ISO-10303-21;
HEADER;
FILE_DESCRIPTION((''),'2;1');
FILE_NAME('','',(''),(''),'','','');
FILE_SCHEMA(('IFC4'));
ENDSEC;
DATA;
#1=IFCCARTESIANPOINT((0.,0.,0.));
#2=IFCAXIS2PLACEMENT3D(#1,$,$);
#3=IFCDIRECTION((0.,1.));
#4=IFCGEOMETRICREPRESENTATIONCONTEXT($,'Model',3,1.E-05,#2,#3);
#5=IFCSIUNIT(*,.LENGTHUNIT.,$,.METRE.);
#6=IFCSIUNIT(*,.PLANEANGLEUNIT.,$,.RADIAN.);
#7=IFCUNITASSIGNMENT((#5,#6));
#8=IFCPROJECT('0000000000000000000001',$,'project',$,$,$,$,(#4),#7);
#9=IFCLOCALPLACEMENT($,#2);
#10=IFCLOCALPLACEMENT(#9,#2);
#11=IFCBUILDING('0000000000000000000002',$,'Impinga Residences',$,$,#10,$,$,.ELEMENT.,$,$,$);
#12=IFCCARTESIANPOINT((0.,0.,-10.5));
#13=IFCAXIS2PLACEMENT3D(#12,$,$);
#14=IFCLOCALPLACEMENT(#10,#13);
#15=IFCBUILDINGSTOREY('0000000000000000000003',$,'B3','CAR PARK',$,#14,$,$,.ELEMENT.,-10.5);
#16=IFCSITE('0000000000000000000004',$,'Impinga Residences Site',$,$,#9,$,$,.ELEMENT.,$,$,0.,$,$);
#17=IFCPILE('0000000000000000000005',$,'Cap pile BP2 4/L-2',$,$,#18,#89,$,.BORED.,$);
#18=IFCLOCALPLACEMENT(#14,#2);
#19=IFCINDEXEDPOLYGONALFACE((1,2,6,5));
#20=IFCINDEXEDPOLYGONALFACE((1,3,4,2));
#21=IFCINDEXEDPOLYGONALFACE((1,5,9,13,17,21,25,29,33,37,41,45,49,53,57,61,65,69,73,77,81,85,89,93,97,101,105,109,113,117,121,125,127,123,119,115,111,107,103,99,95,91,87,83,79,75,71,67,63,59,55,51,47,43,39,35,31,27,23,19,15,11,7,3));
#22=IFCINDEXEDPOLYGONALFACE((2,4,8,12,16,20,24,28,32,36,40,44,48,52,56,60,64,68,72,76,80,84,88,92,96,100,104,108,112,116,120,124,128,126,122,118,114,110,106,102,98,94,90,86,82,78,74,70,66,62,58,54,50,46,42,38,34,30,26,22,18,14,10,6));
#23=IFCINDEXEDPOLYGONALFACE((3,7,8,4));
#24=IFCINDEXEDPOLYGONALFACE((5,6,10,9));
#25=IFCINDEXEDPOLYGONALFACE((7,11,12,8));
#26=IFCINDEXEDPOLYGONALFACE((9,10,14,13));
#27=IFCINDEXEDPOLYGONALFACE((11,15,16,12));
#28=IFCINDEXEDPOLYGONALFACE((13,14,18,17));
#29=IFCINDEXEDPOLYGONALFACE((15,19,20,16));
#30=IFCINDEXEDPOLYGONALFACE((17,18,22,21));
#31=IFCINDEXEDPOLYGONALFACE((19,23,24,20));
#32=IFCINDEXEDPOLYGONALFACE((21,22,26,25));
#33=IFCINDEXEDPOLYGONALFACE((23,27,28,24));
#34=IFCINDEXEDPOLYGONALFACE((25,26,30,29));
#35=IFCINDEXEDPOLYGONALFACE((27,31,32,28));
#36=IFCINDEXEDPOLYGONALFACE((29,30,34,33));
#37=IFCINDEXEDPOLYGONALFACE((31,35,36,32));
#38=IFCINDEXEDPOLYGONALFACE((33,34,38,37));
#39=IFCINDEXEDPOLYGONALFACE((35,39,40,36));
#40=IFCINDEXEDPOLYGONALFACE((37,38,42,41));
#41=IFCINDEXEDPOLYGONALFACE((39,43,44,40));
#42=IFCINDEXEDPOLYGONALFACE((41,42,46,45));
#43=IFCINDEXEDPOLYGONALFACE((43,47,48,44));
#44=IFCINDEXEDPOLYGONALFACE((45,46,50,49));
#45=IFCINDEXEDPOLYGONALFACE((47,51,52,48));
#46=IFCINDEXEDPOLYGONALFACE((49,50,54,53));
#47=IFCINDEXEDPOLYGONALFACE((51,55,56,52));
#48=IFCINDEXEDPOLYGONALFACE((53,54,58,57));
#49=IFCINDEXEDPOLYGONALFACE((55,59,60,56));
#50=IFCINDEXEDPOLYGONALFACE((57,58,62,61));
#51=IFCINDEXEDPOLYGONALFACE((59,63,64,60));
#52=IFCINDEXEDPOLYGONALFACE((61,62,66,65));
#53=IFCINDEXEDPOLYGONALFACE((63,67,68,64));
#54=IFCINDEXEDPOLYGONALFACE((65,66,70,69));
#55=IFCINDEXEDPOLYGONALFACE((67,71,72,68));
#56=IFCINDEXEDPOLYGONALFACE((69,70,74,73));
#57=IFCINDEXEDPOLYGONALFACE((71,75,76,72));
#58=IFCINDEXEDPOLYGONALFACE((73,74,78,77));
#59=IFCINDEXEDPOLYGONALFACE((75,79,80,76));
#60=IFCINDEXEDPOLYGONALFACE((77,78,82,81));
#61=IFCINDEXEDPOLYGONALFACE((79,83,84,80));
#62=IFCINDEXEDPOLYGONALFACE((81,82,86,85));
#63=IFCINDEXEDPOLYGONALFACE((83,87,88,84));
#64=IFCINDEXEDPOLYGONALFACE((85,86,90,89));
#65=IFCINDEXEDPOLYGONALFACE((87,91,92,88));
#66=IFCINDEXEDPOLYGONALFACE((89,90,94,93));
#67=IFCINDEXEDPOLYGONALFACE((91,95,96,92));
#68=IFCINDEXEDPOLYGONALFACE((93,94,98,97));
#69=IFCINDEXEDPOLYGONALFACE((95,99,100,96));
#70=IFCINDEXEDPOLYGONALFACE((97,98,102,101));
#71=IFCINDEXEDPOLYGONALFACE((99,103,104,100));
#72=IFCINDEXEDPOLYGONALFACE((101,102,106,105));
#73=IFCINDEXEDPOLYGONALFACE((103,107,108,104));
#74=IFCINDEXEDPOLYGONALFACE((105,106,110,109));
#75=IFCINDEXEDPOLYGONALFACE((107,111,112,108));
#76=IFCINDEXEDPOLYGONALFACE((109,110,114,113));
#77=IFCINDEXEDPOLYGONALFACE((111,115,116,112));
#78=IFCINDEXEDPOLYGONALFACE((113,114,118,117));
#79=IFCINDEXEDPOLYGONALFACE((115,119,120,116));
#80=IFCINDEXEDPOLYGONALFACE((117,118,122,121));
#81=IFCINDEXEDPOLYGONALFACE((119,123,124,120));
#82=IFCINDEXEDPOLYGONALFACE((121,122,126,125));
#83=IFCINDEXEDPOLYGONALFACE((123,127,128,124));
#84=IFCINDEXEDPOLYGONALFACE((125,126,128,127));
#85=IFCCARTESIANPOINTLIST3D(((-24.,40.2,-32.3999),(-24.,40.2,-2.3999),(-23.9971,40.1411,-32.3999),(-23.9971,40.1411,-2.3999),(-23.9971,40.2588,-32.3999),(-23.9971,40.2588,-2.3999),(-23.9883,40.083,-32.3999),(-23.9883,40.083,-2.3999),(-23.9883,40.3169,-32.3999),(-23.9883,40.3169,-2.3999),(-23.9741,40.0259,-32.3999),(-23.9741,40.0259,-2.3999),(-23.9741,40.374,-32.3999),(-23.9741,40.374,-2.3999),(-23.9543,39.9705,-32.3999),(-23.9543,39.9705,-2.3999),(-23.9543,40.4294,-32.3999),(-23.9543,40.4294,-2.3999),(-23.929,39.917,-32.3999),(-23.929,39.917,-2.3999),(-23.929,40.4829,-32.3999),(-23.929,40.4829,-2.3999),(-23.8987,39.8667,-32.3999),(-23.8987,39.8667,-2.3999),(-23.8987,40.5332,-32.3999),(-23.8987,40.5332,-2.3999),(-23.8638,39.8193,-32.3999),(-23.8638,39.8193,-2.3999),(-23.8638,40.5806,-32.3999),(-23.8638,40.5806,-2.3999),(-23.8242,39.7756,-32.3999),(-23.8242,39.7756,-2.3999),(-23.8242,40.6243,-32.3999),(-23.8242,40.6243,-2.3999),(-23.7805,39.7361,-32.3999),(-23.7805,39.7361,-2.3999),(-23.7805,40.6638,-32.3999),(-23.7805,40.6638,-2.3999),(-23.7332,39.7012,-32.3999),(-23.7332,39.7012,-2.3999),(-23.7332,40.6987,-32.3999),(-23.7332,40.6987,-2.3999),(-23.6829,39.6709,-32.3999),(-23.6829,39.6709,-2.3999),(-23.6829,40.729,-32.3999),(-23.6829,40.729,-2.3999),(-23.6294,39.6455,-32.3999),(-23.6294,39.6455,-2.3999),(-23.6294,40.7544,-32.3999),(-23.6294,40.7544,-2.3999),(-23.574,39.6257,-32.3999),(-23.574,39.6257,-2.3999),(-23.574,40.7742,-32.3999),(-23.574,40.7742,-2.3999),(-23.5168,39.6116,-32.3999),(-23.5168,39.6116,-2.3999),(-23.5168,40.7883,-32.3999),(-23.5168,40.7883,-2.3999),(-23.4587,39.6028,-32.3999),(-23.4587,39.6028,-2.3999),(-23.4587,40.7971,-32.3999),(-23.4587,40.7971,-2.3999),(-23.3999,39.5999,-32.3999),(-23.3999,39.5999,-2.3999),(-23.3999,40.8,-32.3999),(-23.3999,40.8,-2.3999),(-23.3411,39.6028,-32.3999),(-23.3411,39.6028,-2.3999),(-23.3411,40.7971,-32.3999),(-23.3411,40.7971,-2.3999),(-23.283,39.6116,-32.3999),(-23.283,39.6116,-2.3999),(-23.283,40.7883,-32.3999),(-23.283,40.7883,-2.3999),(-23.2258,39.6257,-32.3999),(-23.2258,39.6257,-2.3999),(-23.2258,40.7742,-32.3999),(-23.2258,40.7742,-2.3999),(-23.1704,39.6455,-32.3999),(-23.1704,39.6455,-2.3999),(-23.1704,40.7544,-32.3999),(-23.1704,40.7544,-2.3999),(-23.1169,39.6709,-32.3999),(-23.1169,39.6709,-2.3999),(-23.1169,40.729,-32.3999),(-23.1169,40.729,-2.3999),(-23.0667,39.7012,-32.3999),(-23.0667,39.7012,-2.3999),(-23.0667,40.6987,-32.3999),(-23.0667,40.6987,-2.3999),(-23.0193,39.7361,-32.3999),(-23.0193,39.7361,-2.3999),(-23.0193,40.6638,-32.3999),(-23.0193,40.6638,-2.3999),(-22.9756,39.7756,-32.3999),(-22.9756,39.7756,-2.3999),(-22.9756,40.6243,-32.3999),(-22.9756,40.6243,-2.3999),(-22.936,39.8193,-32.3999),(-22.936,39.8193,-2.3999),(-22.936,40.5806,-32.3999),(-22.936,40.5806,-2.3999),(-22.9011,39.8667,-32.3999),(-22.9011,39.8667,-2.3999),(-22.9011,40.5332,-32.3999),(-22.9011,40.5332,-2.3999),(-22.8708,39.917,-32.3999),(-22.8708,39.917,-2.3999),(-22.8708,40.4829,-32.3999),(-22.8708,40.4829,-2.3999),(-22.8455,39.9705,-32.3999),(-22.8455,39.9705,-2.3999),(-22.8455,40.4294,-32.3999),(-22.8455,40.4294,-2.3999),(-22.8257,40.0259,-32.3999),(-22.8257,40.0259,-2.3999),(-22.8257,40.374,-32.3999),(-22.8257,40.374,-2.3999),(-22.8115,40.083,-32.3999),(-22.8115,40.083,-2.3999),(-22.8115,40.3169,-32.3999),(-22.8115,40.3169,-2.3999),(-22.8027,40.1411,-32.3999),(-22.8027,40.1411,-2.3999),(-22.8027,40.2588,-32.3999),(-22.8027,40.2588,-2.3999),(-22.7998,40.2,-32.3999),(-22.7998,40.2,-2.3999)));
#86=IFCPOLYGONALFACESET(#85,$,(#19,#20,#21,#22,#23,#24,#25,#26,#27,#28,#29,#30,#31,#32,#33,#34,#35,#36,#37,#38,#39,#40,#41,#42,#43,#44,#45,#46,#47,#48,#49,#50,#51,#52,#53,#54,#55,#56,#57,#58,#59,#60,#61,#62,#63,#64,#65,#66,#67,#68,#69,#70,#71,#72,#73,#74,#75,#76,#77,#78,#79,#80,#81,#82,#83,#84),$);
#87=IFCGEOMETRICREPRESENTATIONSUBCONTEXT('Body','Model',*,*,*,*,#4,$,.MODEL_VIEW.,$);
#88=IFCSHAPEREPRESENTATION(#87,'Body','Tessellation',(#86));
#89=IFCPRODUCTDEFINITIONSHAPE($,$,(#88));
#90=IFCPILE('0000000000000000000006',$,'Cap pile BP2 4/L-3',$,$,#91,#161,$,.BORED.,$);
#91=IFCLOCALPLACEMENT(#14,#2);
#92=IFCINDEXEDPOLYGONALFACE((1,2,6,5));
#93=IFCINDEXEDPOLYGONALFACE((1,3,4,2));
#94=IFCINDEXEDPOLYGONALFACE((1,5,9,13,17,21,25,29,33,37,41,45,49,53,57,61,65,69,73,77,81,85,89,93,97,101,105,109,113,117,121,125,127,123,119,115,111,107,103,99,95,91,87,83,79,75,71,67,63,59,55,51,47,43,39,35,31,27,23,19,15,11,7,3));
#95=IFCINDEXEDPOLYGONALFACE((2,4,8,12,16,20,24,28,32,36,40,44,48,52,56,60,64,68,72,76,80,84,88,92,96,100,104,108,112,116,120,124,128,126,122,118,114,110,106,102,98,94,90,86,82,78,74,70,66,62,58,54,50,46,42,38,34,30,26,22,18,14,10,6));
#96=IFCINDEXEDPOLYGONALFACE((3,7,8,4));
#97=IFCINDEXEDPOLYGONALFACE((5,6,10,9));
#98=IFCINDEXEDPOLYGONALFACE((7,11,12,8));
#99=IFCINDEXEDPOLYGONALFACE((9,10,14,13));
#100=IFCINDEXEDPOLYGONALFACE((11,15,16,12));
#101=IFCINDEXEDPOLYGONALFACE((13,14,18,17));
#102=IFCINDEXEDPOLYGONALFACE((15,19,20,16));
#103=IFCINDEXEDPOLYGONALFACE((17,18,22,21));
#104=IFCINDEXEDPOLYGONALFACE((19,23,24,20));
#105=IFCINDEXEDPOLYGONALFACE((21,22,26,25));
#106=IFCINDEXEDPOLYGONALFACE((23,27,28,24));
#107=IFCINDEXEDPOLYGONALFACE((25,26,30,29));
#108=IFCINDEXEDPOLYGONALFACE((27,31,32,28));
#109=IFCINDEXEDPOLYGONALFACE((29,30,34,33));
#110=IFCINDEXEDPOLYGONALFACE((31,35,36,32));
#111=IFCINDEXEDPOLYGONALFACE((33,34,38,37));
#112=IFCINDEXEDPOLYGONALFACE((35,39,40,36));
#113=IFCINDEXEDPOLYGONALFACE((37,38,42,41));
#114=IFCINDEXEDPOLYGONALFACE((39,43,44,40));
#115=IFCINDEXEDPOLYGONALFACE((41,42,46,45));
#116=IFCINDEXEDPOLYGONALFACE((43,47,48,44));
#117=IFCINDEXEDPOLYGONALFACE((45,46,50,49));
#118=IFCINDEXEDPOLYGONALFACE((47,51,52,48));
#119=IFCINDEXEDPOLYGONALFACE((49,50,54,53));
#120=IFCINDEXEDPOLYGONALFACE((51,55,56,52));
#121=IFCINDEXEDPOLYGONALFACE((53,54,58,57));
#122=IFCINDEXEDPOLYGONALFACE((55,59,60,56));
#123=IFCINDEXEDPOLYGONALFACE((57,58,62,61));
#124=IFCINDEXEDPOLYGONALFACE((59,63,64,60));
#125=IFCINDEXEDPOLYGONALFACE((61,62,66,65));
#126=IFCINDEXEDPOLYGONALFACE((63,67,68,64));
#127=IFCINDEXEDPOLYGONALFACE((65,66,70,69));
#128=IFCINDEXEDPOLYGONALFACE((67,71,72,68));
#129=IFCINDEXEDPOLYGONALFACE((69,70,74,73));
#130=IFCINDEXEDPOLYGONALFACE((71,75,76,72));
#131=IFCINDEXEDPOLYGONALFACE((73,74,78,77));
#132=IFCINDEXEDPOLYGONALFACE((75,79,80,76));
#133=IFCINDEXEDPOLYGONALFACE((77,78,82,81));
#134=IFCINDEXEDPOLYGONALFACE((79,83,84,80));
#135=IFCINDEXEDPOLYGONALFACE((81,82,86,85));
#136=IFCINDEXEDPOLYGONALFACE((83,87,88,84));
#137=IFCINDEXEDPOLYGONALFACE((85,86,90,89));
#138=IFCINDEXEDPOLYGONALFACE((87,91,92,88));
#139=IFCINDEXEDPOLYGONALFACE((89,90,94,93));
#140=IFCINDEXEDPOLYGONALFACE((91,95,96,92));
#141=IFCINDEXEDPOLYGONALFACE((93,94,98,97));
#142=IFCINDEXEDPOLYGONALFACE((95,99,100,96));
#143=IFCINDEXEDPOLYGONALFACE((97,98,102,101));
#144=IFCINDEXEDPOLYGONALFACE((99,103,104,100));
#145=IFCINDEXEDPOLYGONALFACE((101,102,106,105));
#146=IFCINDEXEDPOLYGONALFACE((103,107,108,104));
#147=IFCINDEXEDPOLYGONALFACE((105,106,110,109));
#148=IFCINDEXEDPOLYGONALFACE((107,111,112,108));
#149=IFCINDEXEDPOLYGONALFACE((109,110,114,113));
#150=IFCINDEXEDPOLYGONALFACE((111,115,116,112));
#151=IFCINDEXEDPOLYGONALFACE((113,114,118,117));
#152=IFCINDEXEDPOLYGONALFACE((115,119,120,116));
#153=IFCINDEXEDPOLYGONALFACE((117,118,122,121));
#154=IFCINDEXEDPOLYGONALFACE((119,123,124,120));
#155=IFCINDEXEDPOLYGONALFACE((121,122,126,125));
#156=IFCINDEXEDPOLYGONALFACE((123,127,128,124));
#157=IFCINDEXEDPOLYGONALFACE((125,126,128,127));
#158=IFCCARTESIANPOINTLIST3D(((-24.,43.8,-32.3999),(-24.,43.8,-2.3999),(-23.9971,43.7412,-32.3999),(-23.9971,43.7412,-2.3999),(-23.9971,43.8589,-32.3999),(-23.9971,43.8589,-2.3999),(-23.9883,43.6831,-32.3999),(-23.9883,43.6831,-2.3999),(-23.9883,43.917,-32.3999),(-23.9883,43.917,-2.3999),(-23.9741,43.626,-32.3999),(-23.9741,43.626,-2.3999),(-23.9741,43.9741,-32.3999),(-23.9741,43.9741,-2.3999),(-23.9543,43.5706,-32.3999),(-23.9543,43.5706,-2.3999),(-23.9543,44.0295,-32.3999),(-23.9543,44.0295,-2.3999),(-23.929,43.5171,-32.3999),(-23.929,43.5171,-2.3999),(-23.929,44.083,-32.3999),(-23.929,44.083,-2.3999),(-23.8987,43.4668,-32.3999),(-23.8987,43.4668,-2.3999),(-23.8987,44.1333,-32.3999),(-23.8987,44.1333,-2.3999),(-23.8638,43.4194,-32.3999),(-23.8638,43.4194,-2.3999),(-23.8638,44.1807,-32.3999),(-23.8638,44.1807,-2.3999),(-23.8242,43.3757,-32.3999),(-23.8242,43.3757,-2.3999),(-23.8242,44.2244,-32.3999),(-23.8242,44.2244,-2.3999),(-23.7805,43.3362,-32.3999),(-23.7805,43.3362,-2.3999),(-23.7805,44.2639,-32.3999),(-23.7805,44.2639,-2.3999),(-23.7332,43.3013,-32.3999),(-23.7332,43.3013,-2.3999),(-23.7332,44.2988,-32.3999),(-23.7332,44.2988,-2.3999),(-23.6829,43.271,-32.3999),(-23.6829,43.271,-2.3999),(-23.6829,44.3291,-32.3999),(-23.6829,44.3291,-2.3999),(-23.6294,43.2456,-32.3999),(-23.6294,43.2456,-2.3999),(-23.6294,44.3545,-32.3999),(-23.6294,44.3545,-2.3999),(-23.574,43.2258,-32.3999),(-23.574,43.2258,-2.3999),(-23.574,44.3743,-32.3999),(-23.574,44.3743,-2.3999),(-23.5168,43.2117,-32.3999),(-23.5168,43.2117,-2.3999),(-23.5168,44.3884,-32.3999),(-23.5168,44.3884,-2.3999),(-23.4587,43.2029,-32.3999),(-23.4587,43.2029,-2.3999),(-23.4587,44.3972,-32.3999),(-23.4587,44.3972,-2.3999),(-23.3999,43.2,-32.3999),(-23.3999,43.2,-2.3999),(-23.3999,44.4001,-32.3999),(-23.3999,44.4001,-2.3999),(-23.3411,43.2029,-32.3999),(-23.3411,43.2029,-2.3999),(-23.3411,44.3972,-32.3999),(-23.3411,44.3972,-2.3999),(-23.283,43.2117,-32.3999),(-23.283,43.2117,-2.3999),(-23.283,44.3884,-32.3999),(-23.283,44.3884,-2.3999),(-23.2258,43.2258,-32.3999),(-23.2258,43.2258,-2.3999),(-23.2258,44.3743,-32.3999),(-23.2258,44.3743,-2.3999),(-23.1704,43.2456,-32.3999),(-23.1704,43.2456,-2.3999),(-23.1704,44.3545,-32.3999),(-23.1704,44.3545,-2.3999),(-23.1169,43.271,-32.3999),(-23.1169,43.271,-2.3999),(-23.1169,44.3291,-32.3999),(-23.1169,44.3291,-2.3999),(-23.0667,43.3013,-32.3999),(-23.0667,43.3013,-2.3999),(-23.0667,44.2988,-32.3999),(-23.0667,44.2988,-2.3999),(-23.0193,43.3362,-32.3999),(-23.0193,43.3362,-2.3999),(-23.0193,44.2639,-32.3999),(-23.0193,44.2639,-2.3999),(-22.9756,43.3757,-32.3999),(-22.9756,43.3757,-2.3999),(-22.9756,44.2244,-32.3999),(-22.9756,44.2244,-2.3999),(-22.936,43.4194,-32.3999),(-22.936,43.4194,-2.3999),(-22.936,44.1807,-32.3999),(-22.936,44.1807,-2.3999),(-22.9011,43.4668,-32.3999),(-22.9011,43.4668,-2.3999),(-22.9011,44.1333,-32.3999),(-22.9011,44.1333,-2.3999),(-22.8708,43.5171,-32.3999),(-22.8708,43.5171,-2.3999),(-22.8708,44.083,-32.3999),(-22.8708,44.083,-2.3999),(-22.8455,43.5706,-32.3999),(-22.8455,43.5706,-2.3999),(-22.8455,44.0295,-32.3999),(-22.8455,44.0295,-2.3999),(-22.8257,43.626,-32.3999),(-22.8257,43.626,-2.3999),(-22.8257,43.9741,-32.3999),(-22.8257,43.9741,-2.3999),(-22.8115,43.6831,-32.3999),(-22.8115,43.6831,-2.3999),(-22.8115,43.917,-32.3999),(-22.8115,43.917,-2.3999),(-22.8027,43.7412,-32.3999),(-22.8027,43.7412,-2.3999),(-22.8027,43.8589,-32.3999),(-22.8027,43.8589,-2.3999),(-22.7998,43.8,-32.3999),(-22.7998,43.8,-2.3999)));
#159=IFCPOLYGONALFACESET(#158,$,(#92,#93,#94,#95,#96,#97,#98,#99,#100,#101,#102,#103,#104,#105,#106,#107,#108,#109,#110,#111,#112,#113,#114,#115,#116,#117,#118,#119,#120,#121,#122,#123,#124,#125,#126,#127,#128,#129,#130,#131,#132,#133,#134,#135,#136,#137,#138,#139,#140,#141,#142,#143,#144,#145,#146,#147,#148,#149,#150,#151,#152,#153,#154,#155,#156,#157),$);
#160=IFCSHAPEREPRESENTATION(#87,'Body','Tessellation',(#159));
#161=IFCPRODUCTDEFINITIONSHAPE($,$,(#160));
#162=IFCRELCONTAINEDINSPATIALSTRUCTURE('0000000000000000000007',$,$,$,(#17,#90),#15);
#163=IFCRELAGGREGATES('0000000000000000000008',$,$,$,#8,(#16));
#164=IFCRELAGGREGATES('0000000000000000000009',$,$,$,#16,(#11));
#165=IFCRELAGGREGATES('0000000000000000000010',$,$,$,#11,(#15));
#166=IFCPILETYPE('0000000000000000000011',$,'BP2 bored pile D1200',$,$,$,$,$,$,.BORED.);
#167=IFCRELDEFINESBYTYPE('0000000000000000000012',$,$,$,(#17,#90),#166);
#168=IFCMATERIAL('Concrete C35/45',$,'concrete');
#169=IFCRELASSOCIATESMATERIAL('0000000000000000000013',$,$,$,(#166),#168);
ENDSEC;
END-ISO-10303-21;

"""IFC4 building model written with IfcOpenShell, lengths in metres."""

from ifc_helpers import new_model, si_unit, direction, frame, origin, origin_2d, place, context, subcontext, project, spatial, polyline, circle, outline, extrude, material, material_profile, profile_set, type_object, element, save


model = new_model("IFC4")

# Units and contexts
model_context = context("Model", 3, precision=1e-05, world=origin(), true_north=direction((0.0, 1.0)))
body_context = subcontext(model_context, "Body", "Model", "MODEL_VIEW")
ifc_project = project(units=[si_unit("LENGTHUNIT", "METRE"), si_unit("PLANEANGLEUNIT", "RADIAN")], contexts=[model_context])

# Site, building, storey
site_placement = place(None, origin())
site = spatial("IfcSite", under=ifc_project, at=site_placement, Name="Impinga Residences Site", CompositionType="ELEMENT", RefElevation=0.0)
building_placement = place(site_placement, origin())
building = spatial("IfcBuilding", under=site, at=building_placement, Name="Impinga Residences", CompositionType="ELEMENT")
storey_placement = place(building_placement, frame((0.0, 0.0, -10.5)))
storey = spatial("IfcBuildingStorey", under=building, at=storey_placement, Name="B3", Description="CAR PARK", CompositionType="ELEMENT", Elevation=-10.5)

# Piles
ifc_material_1 = material(Name="Concrete C35/45", Category="concrete")
ifc_material_profile_1 = material_profile(ifc_material_1, circle(Radius=0.6001, at=origin_2d()), Name="D1200")
ifc_profile_set_1 = profile_set([ifc_material_profile_1], Name="Concrete C35/45")
pile_type_1 = type_object("IfcPileType", Name="BP2 bored pile D1200", PredefinedType="BORED", material=ifc_profile_set_1)
pile_1_placement = place(storey_placement, frame((-23.3999, 40.2, -2.3999), z_axis=(0.0, 0.0, -1.0), x_axis=(1.0, 0.0, 0.0)))
element("IfcPile", 1, at=pile_1_placement, inside=storey, type_object=pile_type_1, Name="Cap pile BP2 4/L-2", PredefinedType="BORED", context=body_context, shape_type="SweptSolid", body=[
    extrude(outline(polyline([(0.6001, 0.0), (0.5972, 0.0588), (0.5884, 0.1169), (0.5742, 0.1741), (0.5544, 0.2295), (0.5291, 0.283), (0.4988, 0.3333), (0.4639, 0.3806), (0.4243, 0.4243), (0.3806, 0.4639), (0.3333, 0.4988), (0.283, 0.5291), (0.2295, 0.5544), (0.1741, 0.5742), (0.1169, 0.5884), (0.0588, 0.5972), (0.0, 0.6001), (-0.0588, 0.5972), (-0.1169, 0.5884), (-0.1741, 0.5742), (-0.2295, 0.5544), (-0.283, 0.5291), (-0.3333, 0.4988), (-0.3806, 0.4639), (-0.4243, 0.4243), (-0.4639, 0.3806), (-0.4988, 0.3333), (-0.5291, 0.283), (-0.5544, 0.2295), (-0.5742, 0.1741), (-0.5884, 0.1169), (-0.5972, 0.0588), (-0.6001, 0.0), (-0.5972, -0.0588), (-0.5884, -0.1169), (-0.5742, -0.1741), (-0.5544, -0.2295), (-0.5291, -0.283), (-0.4988, -0.3333), (-0.4639, -0.3806), (-0.4243, -0.4243), (-0.3806, -0.4639), (-0.3333, -0.4988), (-0.283, -0.5291), (-0.2295, -0.5544), (-0.1741, -0.5742), (-0.1169, -0.5884), (-0.0588, -0.5972), (0.0, -0.6001), (0.0588, -0.5972), (0.1169, -0.5884), (0.1741, -0.5742), (0.2295, -0.5544), (0.283, -0.5291), (0.3333, -0.4988), (0.3806, -0.4639), (0.4243, -0.4243), (0.4639, -0.3806), (0.4988, -0.3333), (0.5291, -0.283), (0.5544, -0.2295), (0.5742, -0.1741), (0.5884, -0.1169), (0.5972, -0.0588), (0.6001, 0.0)])), origin(), (0.0, 0.0, 1.0), 30.0),
])
pile_2_placement = place(storey_placement, frame((-23.3999, 43.8, -2.3999), z_axis=(0.0, 0.0, -1.0), x_axis=(1.0, 0.0, 0.0)))
element("IfcPile", 2, at=pile_2_placement, inside=storey, type_object=pile_type_1, Name="Cap pile BP2 4/L-3", PredefinedType="BORED", context=body_context, shape_type="SweptSolid", body=[
    extrude(outline(polyline([(0.6001, 0.0), (0.5972, 0.0588), (0.5884, 0.1169), (0.5742, 0.1741), (0.5544, 0.2295), (0.5291, 0.283), (0.4988, 0.3333), (0.4639, 0.3806), (0.4243, 0.4243), (0.3806, 0.4639), (0.3333, 0.4988), (0.283, 0.5291), (0.2295, 0.5544), (0.1741, 0.5742), (0.1169, 0.5884), (0.0588, 0.5972), (0.0, 0.6001), (-0.0588, 0.5972), (-0.1169, 0.5884), (-0.1741, 0.5742), (-0.2295, 0.5544), (-0.283, 0.5291), (-0.3333, 0.4988), (-0.3806, 0.4639), (-0.4243, 0.4243), (-0.4639, 0.3806), (-0.4988, 0.3333), (-0.5291, 0.283), (-0.5544, 0.2295), (-0.5742, 0.1741), (-0.5884, 0.1169), (-0.5972, 0.0588), (-0.6001, 0.0), (-0.5972, -0.0588), (-0.5884, -0.1169), (-0.5742, -0.1741), (-0.5544, -0.2295), (-0.5291, -0.283), (-0.4988, -0.3333), (-0.4639, -0.3806), (-0.4243, -0.4243), (-0.3806, -0.4639), (-0.3333, -0.4988), (-0.283, -0.5291), (-0.2295, -0.5544), (-0.1741, -0.5742), (-0.1169, -0.5884), (-0.0588, -0.5972), (0.0, -0.6001), (0.0588, -0.5972), (0.1169, -0.5884), (0.1741, -0.5742), (0.2295, -0.5544), (0.283, -0.5291), (0.3333, -0.4988), (0.3806, -0.4639), (0.4243, -0.4243), (0.4639, -0.3806), (0.4988, -0.3333), (0.5291, -0.283), (0.5544, -0.2295), (0.5742, -0.1741), (0.5884, -0.1169), (0.5972, -0.0588), (0.6001, 0.0)])), origin(), (0.0, 0.0, 1.0), 30.0),
])

save(model, "model.ifc")
